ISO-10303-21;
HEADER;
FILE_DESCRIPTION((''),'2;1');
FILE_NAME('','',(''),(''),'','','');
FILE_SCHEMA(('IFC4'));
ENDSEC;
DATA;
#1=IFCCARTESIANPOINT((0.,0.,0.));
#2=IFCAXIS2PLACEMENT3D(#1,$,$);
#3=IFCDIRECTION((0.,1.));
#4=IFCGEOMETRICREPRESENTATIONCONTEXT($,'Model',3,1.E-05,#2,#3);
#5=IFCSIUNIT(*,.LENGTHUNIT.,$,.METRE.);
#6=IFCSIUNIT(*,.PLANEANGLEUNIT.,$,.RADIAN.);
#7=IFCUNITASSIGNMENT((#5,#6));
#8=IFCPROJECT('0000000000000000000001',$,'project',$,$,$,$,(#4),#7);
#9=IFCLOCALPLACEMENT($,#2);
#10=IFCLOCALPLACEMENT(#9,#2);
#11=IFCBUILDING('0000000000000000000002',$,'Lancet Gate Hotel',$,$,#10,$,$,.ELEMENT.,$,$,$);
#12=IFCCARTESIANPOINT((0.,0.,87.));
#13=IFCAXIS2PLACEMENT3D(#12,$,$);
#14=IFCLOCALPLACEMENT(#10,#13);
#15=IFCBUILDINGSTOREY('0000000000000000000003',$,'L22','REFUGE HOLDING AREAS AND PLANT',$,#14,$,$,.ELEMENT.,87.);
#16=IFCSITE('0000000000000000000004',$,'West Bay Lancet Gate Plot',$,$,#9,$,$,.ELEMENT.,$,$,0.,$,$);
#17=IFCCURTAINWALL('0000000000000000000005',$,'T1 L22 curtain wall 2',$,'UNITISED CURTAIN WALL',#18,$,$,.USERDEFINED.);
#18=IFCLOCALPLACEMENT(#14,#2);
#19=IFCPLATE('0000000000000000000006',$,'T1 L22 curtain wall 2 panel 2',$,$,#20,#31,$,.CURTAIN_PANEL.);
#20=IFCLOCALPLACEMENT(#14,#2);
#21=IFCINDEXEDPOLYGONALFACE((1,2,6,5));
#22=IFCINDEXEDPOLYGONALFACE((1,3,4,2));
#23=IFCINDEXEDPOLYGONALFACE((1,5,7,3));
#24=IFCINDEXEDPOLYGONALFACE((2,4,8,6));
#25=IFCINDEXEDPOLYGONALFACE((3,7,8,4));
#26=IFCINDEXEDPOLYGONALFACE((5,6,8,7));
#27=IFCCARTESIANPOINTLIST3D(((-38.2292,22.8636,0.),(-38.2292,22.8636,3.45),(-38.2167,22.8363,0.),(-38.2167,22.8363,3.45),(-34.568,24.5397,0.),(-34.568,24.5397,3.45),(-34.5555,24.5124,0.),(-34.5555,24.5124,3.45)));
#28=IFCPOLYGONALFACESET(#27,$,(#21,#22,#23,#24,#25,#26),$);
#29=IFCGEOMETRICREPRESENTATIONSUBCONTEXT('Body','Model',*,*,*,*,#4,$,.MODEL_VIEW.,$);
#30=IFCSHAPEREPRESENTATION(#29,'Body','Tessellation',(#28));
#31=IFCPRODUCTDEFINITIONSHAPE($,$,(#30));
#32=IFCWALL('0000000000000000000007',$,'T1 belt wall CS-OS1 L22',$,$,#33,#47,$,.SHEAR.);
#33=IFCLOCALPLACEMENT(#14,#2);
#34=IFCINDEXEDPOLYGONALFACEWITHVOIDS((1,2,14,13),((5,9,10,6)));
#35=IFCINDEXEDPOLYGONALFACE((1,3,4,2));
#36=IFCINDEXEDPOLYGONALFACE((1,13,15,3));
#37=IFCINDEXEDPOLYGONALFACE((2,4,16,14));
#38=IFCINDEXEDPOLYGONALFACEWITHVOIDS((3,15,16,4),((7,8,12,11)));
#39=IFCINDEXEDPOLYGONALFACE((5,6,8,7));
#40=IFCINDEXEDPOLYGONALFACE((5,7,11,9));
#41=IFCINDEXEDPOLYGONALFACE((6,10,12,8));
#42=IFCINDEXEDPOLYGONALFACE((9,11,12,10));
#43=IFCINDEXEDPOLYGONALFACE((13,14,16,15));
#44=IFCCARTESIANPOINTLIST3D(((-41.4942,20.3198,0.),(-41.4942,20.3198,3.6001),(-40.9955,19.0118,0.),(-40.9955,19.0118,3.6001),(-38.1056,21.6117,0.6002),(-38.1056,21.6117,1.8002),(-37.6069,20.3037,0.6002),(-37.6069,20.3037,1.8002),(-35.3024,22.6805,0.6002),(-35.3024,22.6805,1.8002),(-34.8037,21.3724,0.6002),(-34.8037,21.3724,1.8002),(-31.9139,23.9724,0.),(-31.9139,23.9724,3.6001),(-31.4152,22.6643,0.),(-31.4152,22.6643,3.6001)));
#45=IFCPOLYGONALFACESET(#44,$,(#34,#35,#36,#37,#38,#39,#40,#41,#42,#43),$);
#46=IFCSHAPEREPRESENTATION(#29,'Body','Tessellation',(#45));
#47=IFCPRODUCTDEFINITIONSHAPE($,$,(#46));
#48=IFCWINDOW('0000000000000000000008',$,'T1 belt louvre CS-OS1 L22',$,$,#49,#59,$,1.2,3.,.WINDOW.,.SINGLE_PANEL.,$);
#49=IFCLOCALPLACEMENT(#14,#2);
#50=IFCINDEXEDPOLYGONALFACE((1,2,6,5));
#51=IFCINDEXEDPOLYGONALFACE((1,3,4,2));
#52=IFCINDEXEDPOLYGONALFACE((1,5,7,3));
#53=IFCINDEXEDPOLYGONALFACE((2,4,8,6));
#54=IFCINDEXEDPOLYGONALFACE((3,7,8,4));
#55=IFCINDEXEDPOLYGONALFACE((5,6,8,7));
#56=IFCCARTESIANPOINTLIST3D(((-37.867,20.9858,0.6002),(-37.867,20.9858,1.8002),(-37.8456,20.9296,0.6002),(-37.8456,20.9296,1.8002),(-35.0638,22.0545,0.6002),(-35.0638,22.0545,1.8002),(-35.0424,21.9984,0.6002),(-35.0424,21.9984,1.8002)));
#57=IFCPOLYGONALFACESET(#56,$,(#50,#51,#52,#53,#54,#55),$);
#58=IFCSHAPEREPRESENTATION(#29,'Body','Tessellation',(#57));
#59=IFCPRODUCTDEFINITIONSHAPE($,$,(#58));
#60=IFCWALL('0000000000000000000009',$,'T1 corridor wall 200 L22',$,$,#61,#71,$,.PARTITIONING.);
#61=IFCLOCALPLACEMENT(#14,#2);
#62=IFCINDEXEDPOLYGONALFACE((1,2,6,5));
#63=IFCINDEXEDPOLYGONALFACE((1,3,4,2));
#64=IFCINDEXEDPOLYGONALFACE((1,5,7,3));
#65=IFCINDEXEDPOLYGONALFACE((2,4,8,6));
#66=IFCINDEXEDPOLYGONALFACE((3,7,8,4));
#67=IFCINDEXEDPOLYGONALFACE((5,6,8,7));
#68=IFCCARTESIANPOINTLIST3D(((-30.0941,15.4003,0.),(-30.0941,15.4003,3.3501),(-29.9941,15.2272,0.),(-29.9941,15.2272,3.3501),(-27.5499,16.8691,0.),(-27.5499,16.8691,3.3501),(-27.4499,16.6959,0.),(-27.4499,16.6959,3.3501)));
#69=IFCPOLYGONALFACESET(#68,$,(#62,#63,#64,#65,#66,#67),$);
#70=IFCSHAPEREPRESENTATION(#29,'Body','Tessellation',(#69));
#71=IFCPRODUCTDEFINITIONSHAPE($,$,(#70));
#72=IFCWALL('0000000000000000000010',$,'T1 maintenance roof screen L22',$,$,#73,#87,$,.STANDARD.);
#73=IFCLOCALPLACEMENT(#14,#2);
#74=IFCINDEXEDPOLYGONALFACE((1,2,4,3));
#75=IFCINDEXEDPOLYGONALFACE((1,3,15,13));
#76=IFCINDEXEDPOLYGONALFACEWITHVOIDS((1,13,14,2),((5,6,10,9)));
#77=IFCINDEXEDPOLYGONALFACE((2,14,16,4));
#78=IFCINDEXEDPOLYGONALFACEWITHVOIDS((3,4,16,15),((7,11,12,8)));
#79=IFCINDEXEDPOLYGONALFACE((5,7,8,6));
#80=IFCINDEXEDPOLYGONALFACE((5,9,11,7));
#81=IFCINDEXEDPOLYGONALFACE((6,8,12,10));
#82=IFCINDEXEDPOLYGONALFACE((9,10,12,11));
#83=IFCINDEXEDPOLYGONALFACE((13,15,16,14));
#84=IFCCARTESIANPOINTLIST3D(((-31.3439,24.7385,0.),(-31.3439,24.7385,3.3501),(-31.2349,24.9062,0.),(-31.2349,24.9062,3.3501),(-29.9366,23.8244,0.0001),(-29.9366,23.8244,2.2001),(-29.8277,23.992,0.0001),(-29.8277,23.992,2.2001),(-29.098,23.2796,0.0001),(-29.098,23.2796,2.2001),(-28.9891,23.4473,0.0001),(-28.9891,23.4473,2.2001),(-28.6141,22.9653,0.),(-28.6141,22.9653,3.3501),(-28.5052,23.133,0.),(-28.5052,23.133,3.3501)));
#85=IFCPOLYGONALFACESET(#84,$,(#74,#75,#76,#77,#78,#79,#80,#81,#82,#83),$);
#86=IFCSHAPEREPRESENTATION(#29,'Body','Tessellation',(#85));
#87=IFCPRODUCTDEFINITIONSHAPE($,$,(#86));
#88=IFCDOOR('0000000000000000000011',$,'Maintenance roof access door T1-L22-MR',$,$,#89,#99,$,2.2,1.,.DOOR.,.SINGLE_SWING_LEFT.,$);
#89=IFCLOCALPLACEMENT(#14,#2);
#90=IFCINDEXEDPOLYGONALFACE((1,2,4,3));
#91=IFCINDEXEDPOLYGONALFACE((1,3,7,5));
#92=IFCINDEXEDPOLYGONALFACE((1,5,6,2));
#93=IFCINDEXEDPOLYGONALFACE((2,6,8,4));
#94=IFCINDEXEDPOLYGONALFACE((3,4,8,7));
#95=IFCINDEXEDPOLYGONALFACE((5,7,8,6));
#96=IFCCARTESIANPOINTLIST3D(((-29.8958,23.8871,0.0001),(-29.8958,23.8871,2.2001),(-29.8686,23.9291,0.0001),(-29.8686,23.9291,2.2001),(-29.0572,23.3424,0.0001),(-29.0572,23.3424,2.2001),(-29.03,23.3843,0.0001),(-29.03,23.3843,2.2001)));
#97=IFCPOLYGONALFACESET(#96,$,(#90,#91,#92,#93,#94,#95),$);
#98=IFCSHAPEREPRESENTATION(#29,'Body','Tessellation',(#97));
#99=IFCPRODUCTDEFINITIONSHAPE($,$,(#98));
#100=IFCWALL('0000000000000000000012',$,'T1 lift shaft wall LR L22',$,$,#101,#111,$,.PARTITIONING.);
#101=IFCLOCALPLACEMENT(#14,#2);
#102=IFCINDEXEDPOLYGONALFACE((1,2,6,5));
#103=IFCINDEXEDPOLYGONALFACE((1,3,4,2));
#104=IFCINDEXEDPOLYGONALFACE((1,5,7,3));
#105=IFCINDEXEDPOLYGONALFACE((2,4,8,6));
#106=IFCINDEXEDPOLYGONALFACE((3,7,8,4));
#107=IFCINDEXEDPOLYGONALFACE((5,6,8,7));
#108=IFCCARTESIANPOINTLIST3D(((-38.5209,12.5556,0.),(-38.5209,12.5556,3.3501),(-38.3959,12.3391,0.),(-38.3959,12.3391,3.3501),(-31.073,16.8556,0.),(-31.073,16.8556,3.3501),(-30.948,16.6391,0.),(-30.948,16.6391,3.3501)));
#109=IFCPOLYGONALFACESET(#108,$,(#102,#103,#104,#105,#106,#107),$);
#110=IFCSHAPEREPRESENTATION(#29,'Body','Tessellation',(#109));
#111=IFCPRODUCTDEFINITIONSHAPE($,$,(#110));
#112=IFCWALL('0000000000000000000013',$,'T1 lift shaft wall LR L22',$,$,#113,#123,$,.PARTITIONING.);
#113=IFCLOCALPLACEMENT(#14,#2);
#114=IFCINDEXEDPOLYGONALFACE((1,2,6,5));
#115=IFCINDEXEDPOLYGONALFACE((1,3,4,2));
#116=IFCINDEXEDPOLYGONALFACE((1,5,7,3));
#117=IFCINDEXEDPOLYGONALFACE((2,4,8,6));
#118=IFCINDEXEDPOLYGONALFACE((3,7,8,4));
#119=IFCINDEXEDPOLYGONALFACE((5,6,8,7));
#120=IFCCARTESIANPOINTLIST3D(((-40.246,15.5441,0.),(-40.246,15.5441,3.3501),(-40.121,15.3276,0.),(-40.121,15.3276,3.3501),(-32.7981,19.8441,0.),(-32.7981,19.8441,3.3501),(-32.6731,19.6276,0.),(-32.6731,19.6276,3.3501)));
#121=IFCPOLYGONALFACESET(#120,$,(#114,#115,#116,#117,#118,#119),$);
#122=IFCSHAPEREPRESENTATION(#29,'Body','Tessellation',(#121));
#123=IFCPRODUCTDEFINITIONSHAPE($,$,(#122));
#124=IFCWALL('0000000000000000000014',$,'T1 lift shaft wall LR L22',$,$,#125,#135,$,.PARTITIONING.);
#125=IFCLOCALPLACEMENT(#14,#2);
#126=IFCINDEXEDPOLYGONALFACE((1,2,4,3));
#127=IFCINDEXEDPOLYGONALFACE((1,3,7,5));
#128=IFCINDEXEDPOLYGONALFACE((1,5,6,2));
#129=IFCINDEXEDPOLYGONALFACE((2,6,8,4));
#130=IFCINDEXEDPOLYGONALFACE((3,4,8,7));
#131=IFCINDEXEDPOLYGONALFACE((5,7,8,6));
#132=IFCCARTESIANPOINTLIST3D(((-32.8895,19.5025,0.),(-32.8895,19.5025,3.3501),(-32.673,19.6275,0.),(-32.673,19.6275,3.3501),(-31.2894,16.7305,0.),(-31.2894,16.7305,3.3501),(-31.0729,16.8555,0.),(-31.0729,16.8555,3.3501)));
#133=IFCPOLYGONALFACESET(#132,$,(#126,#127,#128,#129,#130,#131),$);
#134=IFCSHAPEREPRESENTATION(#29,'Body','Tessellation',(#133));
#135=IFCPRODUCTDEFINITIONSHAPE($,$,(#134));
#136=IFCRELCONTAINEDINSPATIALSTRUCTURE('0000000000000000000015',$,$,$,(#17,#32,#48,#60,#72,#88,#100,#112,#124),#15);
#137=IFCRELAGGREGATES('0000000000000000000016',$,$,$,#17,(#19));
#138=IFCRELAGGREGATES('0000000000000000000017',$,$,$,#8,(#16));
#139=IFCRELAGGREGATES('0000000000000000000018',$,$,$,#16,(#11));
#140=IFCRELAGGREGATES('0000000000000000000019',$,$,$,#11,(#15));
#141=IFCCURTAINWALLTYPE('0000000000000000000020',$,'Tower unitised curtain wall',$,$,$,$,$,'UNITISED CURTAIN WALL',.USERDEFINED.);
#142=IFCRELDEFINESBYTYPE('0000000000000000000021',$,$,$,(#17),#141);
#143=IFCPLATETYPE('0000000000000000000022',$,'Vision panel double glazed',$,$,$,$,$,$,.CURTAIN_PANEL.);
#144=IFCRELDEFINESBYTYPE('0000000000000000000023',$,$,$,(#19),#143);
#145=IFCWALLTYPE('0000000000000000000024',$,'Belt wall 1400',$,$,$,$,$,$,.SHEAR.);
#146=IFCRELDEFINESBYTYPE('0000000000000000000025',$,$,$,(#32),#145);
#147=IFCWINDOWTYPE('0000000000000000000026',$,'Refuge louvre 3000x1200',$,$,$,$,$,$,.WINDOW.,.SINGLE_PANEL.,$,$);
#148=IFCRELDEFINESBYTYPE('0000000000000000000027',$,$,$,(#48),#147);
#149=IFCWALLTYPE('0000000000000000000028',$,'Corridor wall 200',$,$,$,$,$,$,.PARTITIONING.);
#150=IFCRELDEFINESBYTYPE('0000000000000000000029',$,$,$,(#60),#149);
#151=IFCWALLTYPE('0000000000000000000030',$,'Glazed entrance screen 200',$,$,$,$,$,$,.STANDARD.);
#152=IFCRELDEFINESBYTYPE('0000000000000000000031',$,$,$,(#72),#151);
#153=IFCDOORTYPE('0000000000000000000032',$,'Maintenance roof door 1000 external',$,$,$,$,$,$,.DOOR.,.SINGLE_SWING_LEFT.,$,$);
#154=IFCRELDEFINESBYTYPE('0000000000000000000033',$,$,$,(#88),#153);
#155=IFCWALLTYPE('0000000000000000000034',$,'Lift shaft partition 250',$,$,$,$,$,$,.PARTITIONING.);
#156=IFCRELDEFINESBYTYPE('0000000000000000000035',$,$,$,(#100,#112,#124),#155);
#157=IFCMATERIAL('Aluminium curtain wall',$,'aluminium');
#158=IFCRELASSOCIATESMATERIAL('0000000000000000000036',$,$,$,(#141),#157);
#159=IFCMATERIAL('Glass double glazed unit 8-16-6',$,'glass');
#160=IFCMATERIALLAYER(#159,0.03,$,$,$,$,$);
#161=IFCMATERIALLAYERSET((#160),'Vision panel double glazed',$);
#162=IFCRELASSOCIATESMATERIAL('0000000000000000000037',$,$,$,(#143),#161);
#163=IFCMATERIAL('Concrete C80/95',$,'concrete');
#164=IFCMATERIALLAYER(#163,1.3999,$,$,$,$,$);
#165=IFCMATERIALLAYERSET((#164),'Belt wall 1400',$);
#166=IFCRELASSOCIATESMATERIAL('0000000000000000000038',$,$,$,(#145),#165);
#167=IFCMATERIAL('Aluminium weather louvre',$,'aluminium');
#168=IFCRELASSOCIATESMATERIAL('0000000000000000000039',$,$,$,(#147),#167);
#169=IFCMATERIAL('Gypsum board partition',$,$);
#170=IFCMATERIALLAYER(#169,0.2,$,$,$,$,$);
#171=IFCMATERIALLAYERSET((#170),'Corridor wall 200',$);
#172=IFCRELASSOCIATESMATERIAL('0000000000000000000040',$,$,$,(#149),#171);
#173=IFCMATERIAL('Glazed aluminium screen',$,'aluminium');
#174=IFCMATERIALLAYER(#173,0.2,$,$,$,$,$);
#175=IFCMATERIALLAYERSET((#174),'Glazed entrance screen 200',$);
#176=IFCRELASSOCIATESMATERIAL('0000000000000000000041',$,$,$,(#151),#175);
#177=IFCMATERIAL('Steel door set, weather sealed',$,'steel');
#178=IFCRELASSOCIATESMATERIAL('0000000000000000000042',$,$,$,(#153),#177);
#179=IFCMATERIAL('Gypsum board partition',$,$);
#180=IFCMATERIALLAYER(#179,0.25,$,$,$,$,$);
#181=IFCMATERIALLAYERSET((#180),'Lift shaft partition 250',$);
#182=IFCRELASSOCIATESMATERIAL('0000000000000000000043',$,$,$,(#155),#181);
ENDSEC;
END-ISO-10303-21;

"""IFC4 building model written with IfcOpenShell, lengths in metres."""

from ifc_helpers import new_model, si_unit, direction, frame, frame_2d, origin, origin_2d, place, context, subcontext, project, spatial, rectangle, extrude, material, layer, layer_set, type_object, element, fill, aggregate, save


model = new_model("IFC4")

# Units and contexts
model_context = context("Model", 3, precision=1e-05, world=origin(), true_north=direction((0.0, 1.0)))
body_context = subcontext(model_context, "Body", "Model", "MODEL_VIEW")
ifc_project = project(units=[si_unit("LENGTHUNIT", "METRE"), si_unit("PLANEANGLEUNIT", "RADIAN")], contexts=[model_context])

# Site, building, storey
site_placement = place(None, origin())
site = spatial("IfcSite", under=ifc_project, at=site_placement, Name="West Bay Lancet Gate Plot", CompositionType="ELEMENT", RefElevation=0.0)
building_placement = place(site_placement, origin())
building = spatial("IfcBuilding", under=site, at=building_placement, Name="Lancet Gate Hotel", CompositionType="ELEMENT")
storey_placement = place(building_placement, frame((0.0, 0.0, 87.0)))
storey = spatial("IfcBuildingStorey", under=building, at=storey_placement, Name="L22", Description="REFUGE HOLDING AREAS AND PLANT", CompositionType="ELEMENT", Elevation=87.0)

# Curtain wall
ifc_material_1 = material(Name="Aluminium curtain wall", Category="aluminium")
curtain_wall_type = type_object("IfcCurtainWallType", Name="Tower unitised curtain wall", ElementType="UNITISED CURTAIN WALL", PredefinedType="USERDEFINED", material=ifc_material_1)
curtain_wall_1_placement = place(storey_placement, origin())
curtain_wall_1 = element("IfcCurtainWall", 1, at=curtain_wall_1_placement, inside=storey, type_object=curtain_wall_type, Name="T1 L22 curtain wall 2", ObjectType="UNITISED CURTAIN WALL", PredefinedType="USERDEFINED")

# Plate
ifc_material_2 = material(Name="Glass double glazed unit 8-16-6", Category="glass")
ifc_layer_1 = layer(ifc_material_2, 0.03)
ifc_layer_set_1 = layer_set([ifc_layer_1], Name="Vision panel double glazed")
plate_type = type_object("IfcPlateType", Name="Vision panel double glazed", PredefinedType="CURTAIN_PANEL", material=ifc_layer_set_1)
plate_1_placement = place(storey_placement, frame((-36.3923, 23.688, 0.0), z_axis=(0.0, 0.0, 1.0), x_axis=(-0.909253, -0.416245, 0.0)))
plate_1 = element("IfcPlate", 2, at=plate_1_placement, type_object=plate_type, Name="T1 L22 curtain wall 2 panel 2", PredefinedType="CURTAIN_PANEL", context=body_context, shape_type="SweptSolid", body=[
    extrude(rectangle(XDim=4.0266, YDim=0.03, at=origin_2d()), origin(), (0.0, 0.0, 1.0), 3.45),
])
aggregate(curtain_wall_1, [plate_1])

# Wall, opening, window
ifc_material_3 = material(Name="Concrete C80/95", Category="concrete")
ifc_layer_2 = layer(ifc_material_3, 1.3999)
ifc_layer_set_2 = layer_set([ifc_layer_2], Name="Belt wall 1400")
wall_type_1 = type_object("IfcWallType", Name="Belt wall 1400", PredefinedType="SHEAR", material=ifc_layer_set_2)
wall_1_placement = place(storey_placement, frame((-31.6646, 23.3184, 0.0), z_axis=(0.0, 0.0, 1.0), x_axis=(-0.934392, -0.356246, 0.0)))
wall_1 = element("IfcWall", 3, at=wall_1_placement, inside=storey, type_object=wall_type_1, Name="T1 belt wall CS-OS1 L22", PredefinedType="SHEAR", context=body_context, shape_type="SweptSolid", body=[
    extrude(rectangle(XDim=10.2529, YDim=1.3999, at=frame_2d((5.1265, 0.0))), origin(), (0.0, 0.0, 1.0), 3.6001),
])
opening_1_placement = place(wall_1_placement, frame((3.6265, 0.0, 0.6001)))
opening_1 = element("IfcOpeningElement", 4, at=opening_1_placement, cuts=wall_1, PredefinedType="OPENING", context=body_context, shape_type="SweptSolid", body=[
    extrude(rectangle(XDim=3.0, YDim=1.2, at=frame_2d((1.5, 0.6001))), frame((0.0, 0.71, 0.0), z_axis=(0.0, -1.0, 0.0), x_axis=(1.0, 0.0, 0.0)), (0.0, 0.0, 1.0), 1.4199),
])
ifc_material_4 = material(Name="Aluminium weather louvre", Category="aluminium")
window_type = type_object("IfcWindowType", Name="Refuge louvre 3000x1200", PartitioningType="SINGLE_PANEL", PredefinedType="WINDOW", material=ifc_material_4)
window_placement = place(opening_1_placement, origin())
window = element("IfcWindow", 5, at=window_placement, inside=storey, type_object=window_type, Name="T1 belt louvre CS-OS1 L22", OverallHeight=1.2, OverallWidth=3.0, PartitioningType="SINGLE_PANEL", PredefinedType="WINDOW", context=body_context, shape_type="SweptSolid", body=[
    extrude(rectangle(XDim=3.0, YDim=1.2, at=frame_2d((1.5, 0.6001))), frame((0.0, 0.03, 0.0), z_axis=(0.0, -1.0, 0.0), x_axis=(1.0, 0.0, 0.0)), (0.0, 0.0, 1.0), 0.0601),
])
fill(opening_1, window)

# Wall
ifc_material_5 = material(Name="Gypsum board partition")
ifc_layer_3 = layer(ifc_material_5, 0.2)
ifc_layer_set_3 = layer_set([ifc_layer_3], Name="Corridor wall 200")
wall_type_2 = type_object("IfcWallType", Name="Corridor wall 200", PredefinedType="PARTITIONING", material=ifc_layer_set_3)
wall_2_placement = place(storey_placement, frame((-27.5, 16.7825, 0.0), z_axis=(0.0, 0.0, 1.0), x_axis=(-0.866046, -0.499965, 0.0)))
element("IfcWall", 6, at=wall_2_placement, inside=storey, type_object=wall_type_2, Name="T1 corridor wall 200 L22", PredefinedType="PARTITIONING", context=body_context, shape_type="SweptSolid", body=[
    extrude(rectangle(XDim=2.9377, YDim=0.2, at=frame_2d((1.4688, 0.0))), origin(), (0.0, 0.0, 1.0), 3.3501),
])

# Wall, opening, door
ifc_material_6 = material(Name="Glazed aluminium screen", Category="aluminium")
ifc_layer_4 = layer(ifc_material_6, 0.2)
ifc_layer_set_4 = layer_set([ifc_layer_4], Name="Glazed entrance screen 200")
wall_type_3 = type_object("IfcWallType", Name="Glazed entrance screen 200", PredefinedType="STANDARD", material=ifc_layer_set_4)
wall_3_placement = place(storey_placement, frame((-31.2893, 24.8223, 0.0), z_axis=(0.0, 0.0, 1.0), x_axis=(0.838603, -0.544743, 0.0)))
wall_3 = element("IfcWall", 7, at=wall_3_placement, inside=storey, type_object=wall_type_3, Name="T1 maintenance roof screen L22", PredefinedType="STANDARD", context=body_context, shape_type="SweptSolid", body=[
    extrude(rectangle(XDim=3.2551, YDim=0.2, at=frame_2d((1.6274, 0.0))), origin(), (0.0, 0.0, 1.0), 3.3501),
])
opening_2_placement = place(wall_3_placement, frame((1.678, 0.0, 0.0)))
opening_2 = element("IfcOpeningElement", 8, at=opening_2_placement, cuts=wall_3, PredefinedType="OPENING", context=body_context, shape_type="SweptSolid", body=[
    extrude(rectangle(XDim=1.0, YDim=2.2, at=frame_2d((0.5, 1.1001))), frame((0.0, 0.1099, 0.0), z_axis=(0.0, -1.0, 0.0), x_axis=(1.0, 0.0, 0.0)), (0.0, 0.0, 1.0), 0.22),
])
ifc_material_7 = material(Name="Steel door set, weather sealed", Category="steel")
door_type = type_object("IfcDoorType", Name="Maintenance roof door 1000 external", OperationType="SINGLE_SWING_LEFT", PredefinedType="DOOR", material=ifc_material_7)
door_placement = place(opening_2_placement, origin())
door = element("IfcDoor", 9, at=door_placement, inside=storey, type_object=door_type, Name="Maintenance roof access door T1-L22-MR", OperationType="SINGLE_SWING_LEFT", OverallHeight=2.2, OverallWidth=1.0, PredefinedType="DOOR", context=body_context, shape_type="SweptSolid", body=[
    extrude(rectangle(XDim=1.0, YDim=2.2, at=frame_2d((0.5, 1.1001))), frame((0.0, 0.0249, 0.0), z_axis=(0.0, -1.0, 0.0), x_axis=(1.0, 0.0, 0.0)), (0.0, 0.0, 1.0), 0.05),
])
fill(opening_2, door)

# Walls
ifc_material_8 = material(Name="Gypsum board partition")
ifc_layer_5 = layer(ifc_material_8, 0.25)
ifc_layer_set_5 = layer_set([ifc_layer_5], Name="Lift shaft partition 250")
wall_type_4 = type_object("IfcWallType", Name="Lift shaft partition 250", PredefinedType="PARTITIONING", material=ifc_layer_set_5)
for number, where, z_axis, x_axis, name in (
    (10, (-31.0105, 16.7473, 0.0), (0.0, 0.0, 1.0), (-0.866028, -0.499995, 0.0), "T1 lift shaft wall LR L22"),
    (11, (-32.7356, 19.7358, 0.0), (0.0, 0.0, 1.0), (-0.866028, -0.499995, 0.0), "T1 lift shaft wall LR L22"),
):
    element("IfcWall", number, at=place(storey_placement, frame(where, z_axis=z_axis, x_axis=x_axis)), inside=storey, type_object=wall_type_4, Name=name, PredefinedType="PARTITIONING", context=body_context, shape_type="SweptSolid", body=[
        extrude(rectangle(XDim=8.6001, YDim=0.25, at=frame_2d((4.3, 0.0))), origin(), (0.0, 0.0, 1.0), 3.3501),
    ])
wall_4_placement = place(storey_placement, frame((-31.1812, 16.793, 0.0), z_axis=(0.0, 0.0, 1.0), x_axis=(-0.499929, 0.866066, 0.0)))
element("IfcWall", 12, at=wall_4_placement, inside=storey, type_object=wall_type_4, Name="T1 lift shaft wall LR L22", PredefinedType="PARTITIONING", context=body_context, shape_type="SweptSolid", body=[
    extrude(rectangle(XDim=3.2007, YDim=0.25, at=frame_2d((1.6003, 0.0))), origin(), (0.0, 0.0, 1.0), 3.3501),
])

save(model, "model.ifc")
